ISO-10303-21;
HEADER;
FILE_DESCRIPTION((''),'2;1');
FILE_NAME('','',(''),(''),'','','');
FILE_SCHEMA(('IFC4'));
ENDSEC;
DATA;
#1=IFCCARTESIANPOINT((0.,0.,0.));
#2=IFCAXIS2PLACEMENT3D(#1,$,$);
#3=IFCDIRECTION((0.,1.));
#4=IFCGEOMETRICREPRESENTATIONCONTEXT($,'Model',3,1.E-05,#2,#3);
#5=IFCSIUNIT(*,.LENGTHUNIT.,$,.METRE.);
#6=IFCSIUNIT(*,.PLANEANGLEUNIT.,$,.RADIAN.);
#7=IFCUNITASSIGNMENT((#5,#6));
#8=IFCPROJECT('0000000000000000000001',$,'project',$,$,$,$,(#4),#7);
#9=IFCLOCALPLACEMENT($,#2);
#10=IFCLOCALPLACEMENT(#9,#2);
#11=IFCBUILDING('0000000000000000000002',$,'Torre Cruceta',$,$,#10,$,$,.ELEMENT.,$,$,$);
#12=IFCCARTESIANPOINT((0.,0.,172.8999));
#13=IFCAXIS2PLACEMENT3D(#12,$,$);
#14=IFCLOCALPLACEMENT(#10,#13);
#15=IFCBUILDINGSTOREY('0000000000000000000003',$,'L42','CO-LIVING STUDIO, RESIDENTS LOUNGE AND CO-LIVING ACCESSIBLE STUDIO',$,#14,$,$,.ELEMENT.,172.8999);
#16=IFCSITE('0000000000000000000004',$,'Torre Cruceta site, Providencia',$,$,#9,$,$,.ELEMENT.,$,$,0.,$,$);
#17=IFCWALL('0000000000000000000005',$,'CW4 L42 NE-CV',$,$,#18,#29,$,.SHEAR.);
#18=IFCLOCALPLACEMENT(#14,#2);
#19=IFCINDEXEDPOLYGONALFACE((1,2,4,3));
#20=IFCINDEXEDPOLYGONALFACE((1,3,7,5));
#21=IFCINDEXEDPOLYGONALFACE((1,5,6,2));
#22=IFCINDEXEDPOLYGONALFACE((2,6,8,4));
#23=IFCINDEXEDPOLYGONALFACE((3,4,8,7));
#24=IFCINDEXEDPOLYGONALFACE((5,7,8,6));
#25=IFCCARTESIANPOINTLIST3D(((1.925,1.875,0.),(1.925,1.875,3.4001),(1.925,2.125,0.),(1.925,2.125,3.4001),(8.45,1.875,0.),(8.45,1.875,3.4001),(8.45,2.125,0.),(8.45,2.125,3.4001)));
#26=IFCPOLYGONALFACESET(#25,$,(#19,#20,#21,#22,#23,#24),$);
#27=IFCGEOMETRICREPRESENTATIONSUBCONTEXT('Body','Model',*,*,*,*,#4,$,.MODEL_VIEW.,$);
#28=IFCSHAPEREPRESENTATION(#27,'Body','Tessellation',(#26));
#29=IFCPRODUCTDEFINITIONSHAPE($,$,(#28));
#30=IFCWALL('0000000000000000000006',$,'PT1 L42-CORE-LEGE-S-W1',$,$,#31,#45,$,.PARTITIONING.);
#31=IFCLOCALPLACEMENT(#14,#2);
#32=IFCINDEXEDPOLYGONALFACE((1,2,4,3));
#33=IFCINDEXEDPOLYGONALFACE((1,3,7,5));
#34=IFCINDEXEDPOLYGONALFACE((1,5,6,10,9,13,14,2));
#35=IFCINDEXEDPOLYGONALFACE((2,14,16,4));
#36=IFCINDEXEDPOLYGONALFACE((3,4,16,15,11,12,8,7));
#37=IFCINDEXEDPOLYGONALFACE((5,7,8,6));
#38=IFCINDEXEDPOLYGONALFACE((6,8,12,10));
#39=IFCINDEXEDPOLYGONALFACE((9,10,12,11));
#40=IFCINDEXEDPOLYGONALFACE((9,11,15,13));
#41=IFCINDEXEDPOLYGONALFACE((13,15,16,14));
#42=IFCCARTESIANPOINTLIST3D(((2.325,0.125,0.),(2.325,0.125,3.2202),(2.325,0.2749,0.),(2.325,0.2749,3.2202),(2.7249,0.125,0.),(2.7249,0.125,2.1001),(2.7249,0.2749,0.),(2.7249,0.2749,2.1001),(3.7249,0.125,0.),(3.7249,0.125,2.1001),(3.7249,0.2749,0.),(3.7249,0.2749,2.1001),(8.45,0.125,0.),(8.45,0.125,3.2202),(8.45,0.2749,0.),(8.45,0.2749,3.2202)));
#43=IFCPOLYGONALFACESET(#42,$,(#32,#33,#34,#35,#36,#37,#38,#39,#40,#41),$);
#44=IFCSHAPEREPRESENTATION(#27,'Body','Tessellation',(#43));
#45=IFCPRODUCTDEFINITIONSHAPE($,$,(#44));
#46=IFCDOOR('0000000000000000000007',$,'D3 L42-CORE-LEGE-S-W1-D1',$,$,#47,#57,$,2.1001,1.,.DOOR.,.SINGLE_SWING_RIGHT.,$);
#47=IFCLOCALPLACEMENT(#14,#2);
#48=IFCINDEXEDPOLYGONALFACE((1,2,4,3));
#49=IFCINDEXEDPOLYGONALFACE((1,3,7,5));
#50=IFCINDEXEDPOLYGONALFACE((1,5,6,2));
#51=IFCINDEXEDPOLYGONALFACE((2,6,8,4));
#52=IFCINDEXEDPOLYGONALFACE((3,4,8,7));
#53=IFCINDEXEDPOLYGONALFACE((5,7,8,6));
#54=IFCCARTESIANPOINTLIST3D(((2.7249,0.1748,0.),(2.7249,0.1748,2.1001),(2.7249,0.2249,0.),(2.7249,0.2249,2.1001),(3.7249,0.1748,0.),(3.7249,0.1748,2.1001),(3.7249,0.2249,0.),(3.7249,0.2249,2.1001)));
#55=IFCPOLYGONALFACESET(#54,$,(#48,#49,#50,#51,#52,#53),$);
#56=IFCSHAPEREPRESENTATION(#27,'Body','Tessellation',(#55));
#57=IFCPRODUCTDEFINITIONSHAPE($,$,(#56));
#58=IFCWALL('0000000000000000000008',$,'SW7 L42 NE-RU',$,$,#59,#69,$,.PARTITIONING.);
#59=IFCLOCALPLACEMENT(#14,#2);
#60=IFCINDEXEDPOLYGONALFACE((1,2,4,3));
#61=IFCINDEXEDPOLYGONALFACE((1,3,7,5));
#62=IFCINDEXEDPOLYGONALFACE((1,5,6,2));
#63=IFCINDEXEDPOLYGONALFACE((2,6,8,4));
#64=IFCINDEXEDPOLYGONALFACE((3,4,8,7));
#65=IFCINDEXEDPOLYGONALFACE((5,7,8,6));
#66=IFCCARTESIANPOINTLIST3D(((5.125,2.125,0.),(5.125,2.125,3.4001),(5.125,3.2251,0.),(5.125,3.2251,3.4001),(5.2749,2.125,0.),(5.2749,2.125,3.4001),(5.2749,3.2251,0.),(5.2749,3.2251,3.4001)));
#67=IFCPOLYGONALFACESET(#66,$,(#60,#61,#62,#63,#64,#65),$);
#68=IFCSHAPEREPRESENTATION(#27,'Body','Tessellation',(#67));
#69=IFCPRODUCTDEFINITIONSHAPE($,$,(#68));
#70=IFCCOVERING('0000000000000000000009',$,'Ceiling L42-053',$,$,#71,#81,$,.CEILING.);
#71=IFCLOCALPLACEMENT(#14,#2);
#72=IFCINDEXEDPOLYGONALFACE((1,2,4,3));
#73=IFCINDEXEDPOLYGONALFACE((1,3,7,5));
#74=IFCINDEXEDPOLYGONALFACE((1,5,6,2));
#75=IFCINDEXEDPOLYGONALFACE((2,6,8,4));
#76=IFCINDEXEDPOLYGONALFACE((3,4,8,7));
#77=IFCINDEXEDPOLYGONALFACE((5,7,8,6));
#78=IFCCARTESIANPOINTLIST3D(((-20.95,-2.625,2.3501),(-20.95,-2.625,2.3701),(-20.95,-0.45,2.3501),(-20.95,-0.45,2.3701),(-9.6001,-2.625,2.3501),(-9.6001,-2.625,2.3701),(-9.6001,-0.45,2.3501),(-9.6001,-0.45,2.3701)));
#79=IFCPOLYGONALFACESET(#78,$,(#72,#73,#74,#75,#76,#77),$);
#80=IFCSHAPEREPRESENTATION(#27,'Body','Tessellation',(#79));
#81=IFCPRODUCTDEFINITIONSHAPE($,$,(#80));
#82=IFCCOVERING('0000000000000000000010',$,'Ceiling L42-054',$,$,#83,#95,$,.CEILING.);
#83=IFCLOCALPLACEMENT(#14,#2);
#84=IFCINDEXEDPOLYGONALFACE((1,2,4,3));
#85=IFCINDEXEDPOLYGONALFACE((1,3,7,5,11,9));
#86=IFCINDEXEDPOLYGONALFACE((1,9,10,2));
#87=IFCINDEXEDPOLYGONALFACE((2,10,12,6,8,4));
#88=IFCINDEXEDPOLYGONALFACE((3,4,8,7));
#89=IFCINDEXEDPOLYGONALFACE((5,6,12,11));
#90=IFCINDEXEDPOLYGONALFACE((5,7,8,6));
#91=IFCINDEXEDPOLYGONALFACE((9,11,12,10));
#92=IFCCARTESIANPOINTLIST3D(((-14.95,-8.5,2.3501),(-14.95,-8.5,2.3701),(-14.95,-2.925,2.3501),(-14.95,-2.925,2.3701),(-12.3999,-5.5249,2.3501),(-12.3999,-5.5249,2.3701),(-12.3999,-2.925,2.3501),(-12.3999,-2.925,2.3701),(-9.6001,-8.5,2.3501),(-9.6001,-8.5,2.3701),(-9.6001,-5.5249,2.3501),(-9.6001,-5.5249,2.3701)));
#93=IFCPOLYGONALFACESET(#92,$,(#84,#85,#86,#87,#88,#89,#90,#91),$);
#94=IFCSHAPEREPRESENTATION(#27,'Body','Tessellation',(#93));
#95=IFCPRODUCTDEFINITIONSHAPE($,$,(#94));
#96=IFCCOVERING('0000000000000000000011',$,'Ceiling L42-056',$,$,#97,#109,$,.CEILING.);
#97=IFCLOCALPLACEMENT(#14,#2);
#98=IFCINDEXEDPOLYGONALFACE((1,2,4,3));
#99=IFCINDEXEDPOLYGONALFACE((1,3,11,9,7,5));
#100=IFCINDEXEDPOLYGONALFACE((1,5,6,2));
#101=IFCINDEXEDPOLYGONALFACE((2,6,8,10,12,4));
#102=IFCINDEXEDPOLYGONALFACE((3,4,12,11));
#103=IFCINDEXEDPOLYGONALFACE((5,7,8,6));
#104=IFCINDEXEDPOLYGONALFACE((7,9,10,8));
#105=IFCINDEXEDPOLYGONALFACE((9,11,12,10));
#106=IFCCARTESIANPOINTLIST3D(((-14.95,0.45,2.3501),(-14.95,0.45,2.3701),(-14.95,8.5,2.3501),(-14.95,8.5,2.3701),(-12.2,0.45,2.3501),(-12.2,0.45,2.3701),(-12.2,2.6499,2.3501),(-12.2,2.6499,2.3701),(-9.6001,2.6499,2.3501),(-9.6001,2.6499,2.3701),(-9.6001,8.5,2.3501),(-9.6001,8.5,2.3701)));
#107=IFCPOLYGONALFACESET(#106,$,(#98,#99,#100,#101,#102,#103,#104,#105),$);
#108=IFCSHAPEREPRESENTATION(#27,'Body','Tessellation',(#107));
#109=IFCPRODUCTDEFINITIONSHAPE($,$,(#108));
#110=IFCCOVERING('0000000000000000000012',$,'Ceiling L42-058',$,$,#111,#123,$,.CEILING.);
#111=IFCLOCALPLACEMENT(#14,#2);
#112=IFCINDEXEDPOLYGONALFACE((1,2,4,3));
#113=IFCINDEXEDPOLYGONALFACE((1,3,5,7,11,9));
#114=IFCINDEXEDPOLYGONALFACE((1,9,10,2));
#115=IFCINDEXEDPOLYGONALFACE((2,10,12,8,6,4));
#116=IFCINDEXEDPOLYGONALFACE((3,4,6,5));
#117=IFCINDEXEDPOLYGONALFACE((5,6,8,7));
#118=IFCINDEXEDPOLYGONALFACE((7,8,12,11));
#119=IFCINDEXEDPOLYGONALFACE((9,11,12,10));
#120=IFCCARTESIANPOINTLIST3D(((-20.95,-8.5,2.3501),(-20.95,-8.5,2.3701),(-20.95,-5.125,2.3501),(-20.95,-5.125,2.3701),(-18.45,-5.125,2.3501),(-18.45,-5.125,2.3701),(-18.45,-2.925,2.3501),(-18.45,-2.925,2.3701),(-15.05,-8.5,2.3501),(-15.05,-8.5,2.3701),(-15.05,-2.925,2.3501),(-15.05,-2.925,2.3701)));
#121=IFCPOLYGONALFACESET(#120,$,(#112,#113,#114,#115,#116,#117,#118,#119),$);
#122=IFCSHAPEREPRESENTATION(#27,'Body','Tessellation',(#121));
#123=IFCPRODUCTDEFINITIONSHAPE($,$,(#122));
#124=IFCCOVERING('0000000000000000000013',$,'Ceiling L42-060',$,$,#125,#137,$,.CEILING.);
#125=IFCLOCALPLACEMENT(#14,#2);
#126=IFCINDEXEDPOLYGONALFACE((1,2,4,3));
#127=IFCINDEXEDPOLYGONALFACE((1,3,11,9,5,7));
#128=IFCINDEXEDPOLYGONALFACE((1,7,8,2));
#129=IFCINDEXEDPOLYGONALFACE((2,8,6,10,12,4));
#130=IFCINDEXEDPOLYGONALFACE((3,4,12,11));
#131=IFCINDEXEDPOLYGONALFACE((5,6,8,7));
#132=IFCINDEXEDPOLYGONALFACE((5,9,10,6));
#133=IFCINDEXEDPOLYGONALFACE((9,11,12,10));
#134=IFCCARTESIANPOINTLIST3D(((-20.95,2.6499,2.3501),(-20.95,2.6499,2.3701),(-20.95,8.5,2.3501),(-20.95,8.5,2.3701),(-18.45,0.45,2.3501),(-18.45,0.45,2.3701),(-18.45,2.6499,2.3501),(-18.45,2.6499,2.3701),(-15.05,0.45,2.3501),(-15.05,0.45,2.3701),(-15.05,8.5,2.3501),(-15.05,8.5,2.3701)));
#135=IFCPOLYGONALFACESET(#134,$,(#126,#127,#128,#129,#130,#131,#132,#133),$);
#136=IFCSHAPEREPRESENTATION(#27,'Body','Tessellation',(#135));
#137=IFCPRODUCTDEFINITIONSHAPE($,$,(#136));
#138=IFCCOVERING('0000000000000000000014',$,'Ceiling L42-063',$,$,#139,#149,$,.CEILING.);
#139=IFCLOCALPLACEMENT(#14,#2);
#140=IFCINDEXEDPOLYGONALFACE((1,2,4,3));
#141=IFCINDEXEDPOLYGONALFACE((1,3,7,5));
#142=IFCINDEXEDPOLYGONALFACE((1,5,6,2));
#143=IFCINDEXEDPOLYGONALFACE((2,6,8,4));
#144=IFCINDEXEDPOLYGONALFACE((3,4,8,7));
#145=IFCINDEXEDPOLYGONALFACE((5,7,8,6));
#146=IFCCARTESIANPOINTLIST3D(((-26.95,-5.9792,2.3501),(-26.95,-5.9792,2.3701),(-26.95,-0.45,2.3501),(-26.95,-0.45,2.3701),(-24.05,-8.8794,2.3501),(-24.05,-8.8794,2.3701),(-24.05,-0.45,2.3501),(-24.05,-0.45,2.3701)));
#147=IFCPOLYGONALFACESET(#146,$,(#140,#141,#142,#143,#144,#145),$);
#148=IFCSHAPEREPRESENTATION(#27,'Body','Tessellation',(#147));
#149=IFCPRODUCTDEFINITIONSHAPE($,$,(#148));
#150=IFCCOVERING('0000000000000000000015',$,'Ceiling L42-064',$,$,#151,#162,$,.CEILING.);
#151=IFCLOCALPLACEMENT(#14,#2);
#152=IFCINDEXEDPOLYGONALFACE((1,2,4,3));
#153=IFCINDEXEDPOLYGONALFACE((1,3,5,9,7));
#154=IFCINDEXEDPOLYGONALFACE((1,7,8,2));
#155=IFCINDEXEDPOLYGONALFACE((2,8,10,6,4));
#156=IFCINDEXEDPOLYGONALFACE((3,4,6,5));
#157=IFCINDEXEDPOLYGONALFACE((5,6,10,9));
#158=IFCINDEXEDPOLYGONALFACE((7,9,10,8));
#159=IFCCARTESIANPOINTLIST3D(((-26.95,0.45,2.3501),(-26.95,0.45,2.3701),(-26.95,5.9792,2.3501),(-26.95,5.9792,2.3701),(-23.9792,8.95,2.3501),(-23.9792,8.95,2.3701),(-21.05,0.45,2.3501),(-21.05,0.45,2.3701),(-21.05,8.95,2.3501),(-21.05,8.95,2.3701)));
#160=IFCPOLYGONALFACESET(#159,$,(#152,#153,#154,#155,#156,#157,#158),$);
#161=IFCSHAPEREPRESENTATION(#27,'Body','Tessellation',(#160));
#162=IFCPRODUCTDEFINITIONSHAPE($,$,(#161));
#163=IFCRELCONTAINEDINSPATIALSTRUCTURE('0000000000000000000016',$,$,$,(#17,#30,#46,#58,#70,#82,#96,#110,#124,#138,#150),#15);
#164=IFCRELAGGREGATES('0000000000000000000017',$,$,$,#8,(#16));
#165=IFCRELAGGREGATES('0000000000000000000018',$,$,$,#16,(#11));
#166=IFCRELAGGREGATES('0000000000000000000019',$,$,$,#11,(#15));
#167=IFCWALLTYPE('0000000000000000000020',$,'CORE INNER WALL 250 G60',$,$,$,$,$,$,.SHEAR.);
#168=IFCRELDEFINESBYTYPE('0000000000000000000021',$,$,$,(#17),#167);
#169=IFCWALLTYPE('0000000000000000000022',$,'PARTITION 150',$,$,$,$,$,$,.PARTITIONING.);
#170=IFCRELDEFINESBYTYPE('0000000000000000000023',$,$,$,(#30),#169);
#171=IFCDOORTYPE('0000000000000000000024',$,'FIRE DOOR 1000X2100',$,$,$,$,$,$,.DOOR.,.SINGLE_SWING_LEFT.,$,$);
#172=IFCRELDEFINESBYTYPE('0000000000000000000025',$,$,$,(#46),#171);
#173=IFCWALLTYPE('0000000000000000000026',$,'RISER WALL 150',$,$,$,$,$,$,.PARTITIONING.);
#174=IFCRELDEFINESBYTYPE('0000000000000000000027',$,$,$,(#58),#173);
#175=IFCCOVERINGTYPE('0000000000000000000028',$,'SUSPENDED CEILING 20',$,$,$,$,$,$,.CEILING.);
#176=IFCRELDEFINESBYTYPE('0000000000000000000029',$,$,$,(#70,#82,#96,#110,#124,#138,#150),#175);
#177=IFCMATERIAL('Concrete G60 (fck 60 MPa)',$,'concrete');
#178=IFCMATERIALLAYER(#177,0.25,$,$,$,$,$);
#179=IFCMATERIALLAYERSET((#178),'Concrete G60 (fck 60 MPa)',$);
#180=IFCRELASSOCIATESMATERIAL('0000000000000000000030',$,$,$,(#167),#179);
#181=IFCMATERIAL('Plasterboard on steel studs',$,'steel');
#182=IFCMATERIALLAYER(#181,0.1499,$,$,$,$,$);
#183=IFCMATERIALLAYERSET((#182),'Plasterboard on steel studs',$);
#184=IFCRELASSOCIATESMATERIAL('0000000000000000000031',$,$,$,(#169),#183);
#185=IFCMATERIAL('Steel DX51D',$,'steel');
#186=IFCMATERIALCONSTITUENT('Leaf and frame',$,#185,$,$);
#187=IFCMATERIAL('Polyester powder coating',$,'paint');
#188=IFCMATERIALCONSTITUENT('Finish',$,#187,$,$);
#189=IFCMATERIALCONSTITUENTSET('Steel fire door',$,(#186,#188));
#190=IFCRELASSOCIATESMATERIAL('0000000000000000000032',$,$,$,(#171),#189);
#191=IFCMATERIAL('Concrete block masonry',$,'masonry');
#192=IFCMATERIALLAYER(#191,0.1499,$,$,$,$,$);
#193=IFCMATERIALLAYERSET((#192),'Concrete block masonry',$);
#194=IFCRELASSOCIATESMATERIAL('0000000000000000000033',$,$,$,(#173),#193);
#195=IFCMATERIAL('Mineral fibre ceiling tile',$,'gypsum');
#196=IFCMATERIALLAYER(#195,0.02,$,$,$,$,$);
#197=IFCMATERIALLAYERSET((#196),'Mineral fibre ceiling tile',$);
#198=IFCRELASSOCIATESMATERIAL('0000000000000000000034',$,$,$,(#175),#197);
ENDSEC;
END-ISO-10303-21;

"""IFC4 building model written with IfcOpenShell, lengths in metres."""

from ifc_helpers import new_model, si_unit, direction, frame, frame_2d, origin, place, context, subcontext, project, spatial, polyline, rectangle, outline, extrude, material, layer, layer_set, constituent, constituent_set, type_object, element, fill, save


model = new_model("IFC4")

# Units and contexts
model_context = context("Model", 3, precision=1e-05, world=origin(), true_north=direction((0.0, 1.0)))
body_context = subcontext(model_context, "Body", "Model", "MODEL_VIEW")
ifc_project = project(units=[si_unit("LENGTHUNIT", "METRE"), si_unit("PLANEANGLEUNIT", "RADIAN")], contexts=[model_context])

# Site, building, storey
site_placement = place(None, origin())
site = spatial("IfcSite", under=ifc_project, at=site_placement, Name="Torre Cruceta site, Providencia", CompositionType="ELEMENT", RefElevation=0.0)
building_placement = place(site_placement, origin())
building = spatial("IfcBuilding", under=site, at=building_placement, Name="Torre Cruceta", CompositionType="ELEMENT")
storey_placement = place(building_placement, frame((0.0, 0.0, 172.8999)))
storey = spatial("IfcBuildingStorey", under=building, at=storey_placement, Name="L42", Description="CO-LIVING STUDIO, RESIDENTS LOUNGE AND CO-LIVING ACCESSIBLE STUDIO", CompositionType="ELEMENT", Elevation=172.8999)

# Shared definitions
ifc_material_1 = material(Name="Concrete G60 (fck 60 MPa)", Category="concrete")
ifc_layer_1 = layer(ifc_material_1, 0.25)
ifc_layer_set_1 = layer_set([ifc_layer_1], Name="Concrete G60 (fck 60 MPa)")
wall_type_1 = type_object("IfcWallType", Name="CORE INNER WALL 250 G60", PredefinedType="SHEAR", material=ifc_layer_set_1)

# Wall
wall_1_placement = place(storey_placement, frame((1.925, 2.0, 0.0), z_axis=(0.0, 0.0, 1.0), x_axis=(1.0, 0.0, 0.0)))
element("IfcWall", 1, at=wall_1_placement, inside=storey, type_object=wall_type_1, Name="CW4 L42 NE-CV", PredefinedType="SHEAR", context=body_context, shape_type="SweptSolid", body=[
    extrude(rectangle(XDim=6.5249, YDim=0.25, at=frame_2d((3.2625, 0.0))), origin(), (0.0, 0.0, 1.0), 3.4001),
])

# Wall, opening, door
ifc_material_2 = material(Name="Plasterboard on steel studs", Category="steel")
ifc_layer_2 = layer(ifc_material_2, 0.1499)
ifc_layer_set_2 = layer_set([ifc_layer_2], Name="Plasterboard on steel studs")
wall_type_2 = type_object("IfcWallType", Name="PARTITION 150", PredefinedType="PARTITIONING", material=ifc_layer_set_2)
wall_2_placement = place(storey_placement, frame((2.325, 0.2, 0.0), z_axis=(0.0, 0.0, 1.0), x_axis=(1.0, 0.0, 0.0)))
wall_2 = element("IfcWall", 2, at=wall_2_placement, inside=storey, type_object=wall_type_2, Name="PT1 L42-CORE-LEGE-S-W1", PredefinedType="PARTITIONING", context=body_context, shape_type="SweptSolid", body=[
    extrude(rectangle(XDim=6.125, YDim=0.1499, at=frame_2d((3.0625, 0.0))), origin(), (0.0, 0.0, 1.0), 3.2202),
])
opening_1_placement = place(wall_2_placement, frame((0.3999, 0.0, 0.0)))
opening_1 = element("IfcOpeningElement", 3, at=opening_1_placement, cuts=wall_2, PredefinedType="OPENING", context=body_context, shape_type="SweptSolid", body=[
    extrude(rectangle(XDim=1.0, YDim=2.1001, at=frame_2d((0.5, 1.05))), frame((0.0, 0.085, 0.0), z_axis=(0.0, -1.0, 0.0), x_axis=(1.0, 0.0, 0.0)), (0.0, 0.0, 1.0), 0.1699),
])
ifc_material_3 = material(Name="Steel DX51D", Category="steel")
ifc_constituent_1 = constituent(ifc_material_3, Name="Leaf and frame")
ifc_material_4 = material(Name="Polyester powder coating", Category="paint")
ifc_constituent_2 = constituent(ifc_material_4, Name="Finish")
ifc_constituent_set_1 = constituent_set(constituents=[ifc_constituent_1, ifc_constituent_2], Name="Steel fire door")
door_type_1 = type_object("IfcDoorType", Name="FIRE DOOR 1000X2100", OperationType="SINGLE_SWING_LEFT", PredefinedType="DOOR", material=ifc_constituent_set_1)
door_1_placement = place(opening_1_placement, frame((1.0, 0.0, 0.0), z_axis=(0.0, 0.0, 1.0), x_axis=(-1.0, 0.0, 0.0)))
door_1 = element("IfcDoor", 4, at=door_1_placement, inside=storey, type_object=door_type_1, Name="D3 L42-CORE-LEGE-S-W1-D1", OperationType="SINGLE_SWING_RIGHT", OverallHeight=2.1001, OverallWidth=1.0, PredefinedType="DOOR", context=body_context, shape_type="SweptSolid", body=[
    extrude(rectangle(XDim=1.0, YDim=2.1001, at=frame_2d((0.5, 1.05))), frame((0.0, 0.0251, 0.0), z_axis=(0.0, -1.0, 0.0), x_axis=(1.0, 0.0, 0.0)), (0.0, 0.0, 1.0), 0.05),
])
fill(opening_1, door_1)

# Wall
ifc_material_5 = material(Name="Concrete block masonry", Category="masonry")
ifc_layer_3 = layer(ifc_material_5, 0.1499)
ifc_layer_set_3 = layer_set([ifc_layer_3], Name="Concrete block masonry")
wall_type_3 = type_object("IfcWallType", Name="RISER WALL 150", PredefinedType="PARTITIONING", material=ifc_layer_set_3)
wall_3_placement = place(storey_placement, frame((5.2, 2.125, 0.0), z_axis=(0.0, 0.0, 1.0), x_axis=(0.0, 1.0, 0.0)))
element("IfcWall", 5, at=wall_3_placement, inside=storey, type_object=wall_type_3, Name="SW7 L42 NE-RU", PredefinedType="PARTITIONING", context=body_context, shape_type="SweptSolid", body=[
    extrude(rectangle(XDim=1.1001, YDim=0.1499, at=frame_2d((0.55, 0.0))), origin(), (0.0, 0.0, 1.0), 3.4001),
])

# Coverings
ifc_material_6 = material(Name="Mineral fibre ceiling tile", Category="gypsum")
ifc_layer_4 = layer(ifc_material_6, 0.02)
ifc_layer_set_4 = layer_set([ifc_layer_4], Name="Mineral fibre ceiling tile")
covering_type = type_object("IfcCoveringType", Name="SUSPENDED CEILING 20", PredefinedType="CEILING", material=ifc_layer_set_4)
covering_1_placement = place(storey_placement, frame((0.0, 0.0, 2.3501)))
element("IfcCovering", 6, at=covering_1_placement, inside=storey, type_object=covering_type, Name="Ceiling L42-053", PredefinedType="CEILING", context=body_context, shape_type="SweptSolid", body=[
    extrude(outline(polyline([(-9.6001, -0.45), (-9.6001, -2.625), (-20.95, -2.625), (-20.95, -0.45), (-9.6001, -0.45)])), origin(), (0.0, 0.0, 1.0), 0.02),
])
covering_2_placement = place(storey_placement, frame((0.0, 0.0, 2.3501)))
element("IfcCovering", 7, at=covering_2_placement, inside=storey, type_object=covering_type, Name="Ceiling L42-054", PredefinedType="CEILING", context=body_context, shape_type="SweptSolid", body=[
    extrude(outline(polyline([(-9.6001, -8.5), (-14.95, -8.5), (-14.95, -2.925), (-12.3999, -2.925), (-12.3999, -5.5249), (-9.6001, -5.5249), (-9.6001, -8.5)])), origin(), (0.0, 0.0, 1.0), 0.02),
])
covering_3_placement = place(storey_placement, frame((0.0, 0.0, 2.3501)))
element("IfcCovering", 8, at=covering_3_placement, inside=storey, type_object=covering_type, Name="Ceiling L42-056", PredefinedType="CEILING", context=body_context, shape_type="SweptSolid", body=[
    extrude(outline(polyline([(-14.95, 0.45), (-14.95, 8.5), (-9.6001, 8.5), (-9.6001, 2.6499), (-12.2, 2.6499), (-12.2, 0.45), (-14.95, 0.45)])), origin(), (0.0, 0.0, 1.0), 0.02),
])
covering_4_placement = place(storey_placement, frame((0.0, 0.0, 2.3501)))
element("IfcCovering", 9, at=covering_4_placement, inside=storey, type_object=covering_type, Name="Ceiling L42-058", PredefinedType="CEILING", context=body_context, shape_type="SweptSolid", body=[
    extrude(outline(polyline([(-15.05, -2.925), (-15.05, -8.5), (-20.95, -8.5), (-20.95, -5.125), (-18.45, -5.125), (-18.45, -2.925), (-15.05, -2.925)])), origin(), (0.0, 0.0, 1.0), 0.02),
])
covering_5_placement = place(storey_placement, frame((0.0, 0.0, 2.3501)))
element("IfcCovering", 10, at=covering_5_placement, inside=storey, type_object=covering_type, Name="Ceiling L42-060", PredefinedType="CEILING", context=body_context, shape_type="SweptSolid", body=[
    extrude(outline(polyline([(-20.95, 8.5), (-15.05, 8.5), (-15.05, 0.45), (-18.45, 0.45), (-18.45, 2.6499), (-20.95, 2.6499), (-20.95, 8.5)])), origin(), (0.0, 0.0, 1.0), 0.02),
])
covering_6_placement = place(storey_placement, frame((0.0, 0.0, 2.3501)))
element("IfcCovering", 11, at=covering_6_placement, inside=storey, type_object=covering_type, Name="Ceiling L42-063", PredefinedType="CEILING", context=body_context, shape_type="SweptSolid", body=[
    extrude(outline(polyline([(-26.95, -0.45), (-24.05, -0.45), (-24.05, -8.8794), (-26.95, -5.9792), (-26.95, -0.45)])), origin(), (0.0, 0.0, 1.0), 0.02),
])
covering_7_placement = place(storey_placement, frame((0.0, 0.0, 2.3501)))
element("IfcCovering", 12, at=covering_7_placement, inside=storey, type_object=covering_type, Name="Ceiling L42-064", PredefinedType="CEILING", context=body_context, shape_type="SweptSolid", body=[
    extrude(outline(polyline([(-23.9792, 8.95), (-21.05, 8.95), (-21.05, 0.45), (-26.95, 0.45), (-26.95, 5.9792), (-23.9792, 8.95)])), origin(), (0.0, 0.0, 1.0), 0.02),
])

save(model, "model.ifc")
